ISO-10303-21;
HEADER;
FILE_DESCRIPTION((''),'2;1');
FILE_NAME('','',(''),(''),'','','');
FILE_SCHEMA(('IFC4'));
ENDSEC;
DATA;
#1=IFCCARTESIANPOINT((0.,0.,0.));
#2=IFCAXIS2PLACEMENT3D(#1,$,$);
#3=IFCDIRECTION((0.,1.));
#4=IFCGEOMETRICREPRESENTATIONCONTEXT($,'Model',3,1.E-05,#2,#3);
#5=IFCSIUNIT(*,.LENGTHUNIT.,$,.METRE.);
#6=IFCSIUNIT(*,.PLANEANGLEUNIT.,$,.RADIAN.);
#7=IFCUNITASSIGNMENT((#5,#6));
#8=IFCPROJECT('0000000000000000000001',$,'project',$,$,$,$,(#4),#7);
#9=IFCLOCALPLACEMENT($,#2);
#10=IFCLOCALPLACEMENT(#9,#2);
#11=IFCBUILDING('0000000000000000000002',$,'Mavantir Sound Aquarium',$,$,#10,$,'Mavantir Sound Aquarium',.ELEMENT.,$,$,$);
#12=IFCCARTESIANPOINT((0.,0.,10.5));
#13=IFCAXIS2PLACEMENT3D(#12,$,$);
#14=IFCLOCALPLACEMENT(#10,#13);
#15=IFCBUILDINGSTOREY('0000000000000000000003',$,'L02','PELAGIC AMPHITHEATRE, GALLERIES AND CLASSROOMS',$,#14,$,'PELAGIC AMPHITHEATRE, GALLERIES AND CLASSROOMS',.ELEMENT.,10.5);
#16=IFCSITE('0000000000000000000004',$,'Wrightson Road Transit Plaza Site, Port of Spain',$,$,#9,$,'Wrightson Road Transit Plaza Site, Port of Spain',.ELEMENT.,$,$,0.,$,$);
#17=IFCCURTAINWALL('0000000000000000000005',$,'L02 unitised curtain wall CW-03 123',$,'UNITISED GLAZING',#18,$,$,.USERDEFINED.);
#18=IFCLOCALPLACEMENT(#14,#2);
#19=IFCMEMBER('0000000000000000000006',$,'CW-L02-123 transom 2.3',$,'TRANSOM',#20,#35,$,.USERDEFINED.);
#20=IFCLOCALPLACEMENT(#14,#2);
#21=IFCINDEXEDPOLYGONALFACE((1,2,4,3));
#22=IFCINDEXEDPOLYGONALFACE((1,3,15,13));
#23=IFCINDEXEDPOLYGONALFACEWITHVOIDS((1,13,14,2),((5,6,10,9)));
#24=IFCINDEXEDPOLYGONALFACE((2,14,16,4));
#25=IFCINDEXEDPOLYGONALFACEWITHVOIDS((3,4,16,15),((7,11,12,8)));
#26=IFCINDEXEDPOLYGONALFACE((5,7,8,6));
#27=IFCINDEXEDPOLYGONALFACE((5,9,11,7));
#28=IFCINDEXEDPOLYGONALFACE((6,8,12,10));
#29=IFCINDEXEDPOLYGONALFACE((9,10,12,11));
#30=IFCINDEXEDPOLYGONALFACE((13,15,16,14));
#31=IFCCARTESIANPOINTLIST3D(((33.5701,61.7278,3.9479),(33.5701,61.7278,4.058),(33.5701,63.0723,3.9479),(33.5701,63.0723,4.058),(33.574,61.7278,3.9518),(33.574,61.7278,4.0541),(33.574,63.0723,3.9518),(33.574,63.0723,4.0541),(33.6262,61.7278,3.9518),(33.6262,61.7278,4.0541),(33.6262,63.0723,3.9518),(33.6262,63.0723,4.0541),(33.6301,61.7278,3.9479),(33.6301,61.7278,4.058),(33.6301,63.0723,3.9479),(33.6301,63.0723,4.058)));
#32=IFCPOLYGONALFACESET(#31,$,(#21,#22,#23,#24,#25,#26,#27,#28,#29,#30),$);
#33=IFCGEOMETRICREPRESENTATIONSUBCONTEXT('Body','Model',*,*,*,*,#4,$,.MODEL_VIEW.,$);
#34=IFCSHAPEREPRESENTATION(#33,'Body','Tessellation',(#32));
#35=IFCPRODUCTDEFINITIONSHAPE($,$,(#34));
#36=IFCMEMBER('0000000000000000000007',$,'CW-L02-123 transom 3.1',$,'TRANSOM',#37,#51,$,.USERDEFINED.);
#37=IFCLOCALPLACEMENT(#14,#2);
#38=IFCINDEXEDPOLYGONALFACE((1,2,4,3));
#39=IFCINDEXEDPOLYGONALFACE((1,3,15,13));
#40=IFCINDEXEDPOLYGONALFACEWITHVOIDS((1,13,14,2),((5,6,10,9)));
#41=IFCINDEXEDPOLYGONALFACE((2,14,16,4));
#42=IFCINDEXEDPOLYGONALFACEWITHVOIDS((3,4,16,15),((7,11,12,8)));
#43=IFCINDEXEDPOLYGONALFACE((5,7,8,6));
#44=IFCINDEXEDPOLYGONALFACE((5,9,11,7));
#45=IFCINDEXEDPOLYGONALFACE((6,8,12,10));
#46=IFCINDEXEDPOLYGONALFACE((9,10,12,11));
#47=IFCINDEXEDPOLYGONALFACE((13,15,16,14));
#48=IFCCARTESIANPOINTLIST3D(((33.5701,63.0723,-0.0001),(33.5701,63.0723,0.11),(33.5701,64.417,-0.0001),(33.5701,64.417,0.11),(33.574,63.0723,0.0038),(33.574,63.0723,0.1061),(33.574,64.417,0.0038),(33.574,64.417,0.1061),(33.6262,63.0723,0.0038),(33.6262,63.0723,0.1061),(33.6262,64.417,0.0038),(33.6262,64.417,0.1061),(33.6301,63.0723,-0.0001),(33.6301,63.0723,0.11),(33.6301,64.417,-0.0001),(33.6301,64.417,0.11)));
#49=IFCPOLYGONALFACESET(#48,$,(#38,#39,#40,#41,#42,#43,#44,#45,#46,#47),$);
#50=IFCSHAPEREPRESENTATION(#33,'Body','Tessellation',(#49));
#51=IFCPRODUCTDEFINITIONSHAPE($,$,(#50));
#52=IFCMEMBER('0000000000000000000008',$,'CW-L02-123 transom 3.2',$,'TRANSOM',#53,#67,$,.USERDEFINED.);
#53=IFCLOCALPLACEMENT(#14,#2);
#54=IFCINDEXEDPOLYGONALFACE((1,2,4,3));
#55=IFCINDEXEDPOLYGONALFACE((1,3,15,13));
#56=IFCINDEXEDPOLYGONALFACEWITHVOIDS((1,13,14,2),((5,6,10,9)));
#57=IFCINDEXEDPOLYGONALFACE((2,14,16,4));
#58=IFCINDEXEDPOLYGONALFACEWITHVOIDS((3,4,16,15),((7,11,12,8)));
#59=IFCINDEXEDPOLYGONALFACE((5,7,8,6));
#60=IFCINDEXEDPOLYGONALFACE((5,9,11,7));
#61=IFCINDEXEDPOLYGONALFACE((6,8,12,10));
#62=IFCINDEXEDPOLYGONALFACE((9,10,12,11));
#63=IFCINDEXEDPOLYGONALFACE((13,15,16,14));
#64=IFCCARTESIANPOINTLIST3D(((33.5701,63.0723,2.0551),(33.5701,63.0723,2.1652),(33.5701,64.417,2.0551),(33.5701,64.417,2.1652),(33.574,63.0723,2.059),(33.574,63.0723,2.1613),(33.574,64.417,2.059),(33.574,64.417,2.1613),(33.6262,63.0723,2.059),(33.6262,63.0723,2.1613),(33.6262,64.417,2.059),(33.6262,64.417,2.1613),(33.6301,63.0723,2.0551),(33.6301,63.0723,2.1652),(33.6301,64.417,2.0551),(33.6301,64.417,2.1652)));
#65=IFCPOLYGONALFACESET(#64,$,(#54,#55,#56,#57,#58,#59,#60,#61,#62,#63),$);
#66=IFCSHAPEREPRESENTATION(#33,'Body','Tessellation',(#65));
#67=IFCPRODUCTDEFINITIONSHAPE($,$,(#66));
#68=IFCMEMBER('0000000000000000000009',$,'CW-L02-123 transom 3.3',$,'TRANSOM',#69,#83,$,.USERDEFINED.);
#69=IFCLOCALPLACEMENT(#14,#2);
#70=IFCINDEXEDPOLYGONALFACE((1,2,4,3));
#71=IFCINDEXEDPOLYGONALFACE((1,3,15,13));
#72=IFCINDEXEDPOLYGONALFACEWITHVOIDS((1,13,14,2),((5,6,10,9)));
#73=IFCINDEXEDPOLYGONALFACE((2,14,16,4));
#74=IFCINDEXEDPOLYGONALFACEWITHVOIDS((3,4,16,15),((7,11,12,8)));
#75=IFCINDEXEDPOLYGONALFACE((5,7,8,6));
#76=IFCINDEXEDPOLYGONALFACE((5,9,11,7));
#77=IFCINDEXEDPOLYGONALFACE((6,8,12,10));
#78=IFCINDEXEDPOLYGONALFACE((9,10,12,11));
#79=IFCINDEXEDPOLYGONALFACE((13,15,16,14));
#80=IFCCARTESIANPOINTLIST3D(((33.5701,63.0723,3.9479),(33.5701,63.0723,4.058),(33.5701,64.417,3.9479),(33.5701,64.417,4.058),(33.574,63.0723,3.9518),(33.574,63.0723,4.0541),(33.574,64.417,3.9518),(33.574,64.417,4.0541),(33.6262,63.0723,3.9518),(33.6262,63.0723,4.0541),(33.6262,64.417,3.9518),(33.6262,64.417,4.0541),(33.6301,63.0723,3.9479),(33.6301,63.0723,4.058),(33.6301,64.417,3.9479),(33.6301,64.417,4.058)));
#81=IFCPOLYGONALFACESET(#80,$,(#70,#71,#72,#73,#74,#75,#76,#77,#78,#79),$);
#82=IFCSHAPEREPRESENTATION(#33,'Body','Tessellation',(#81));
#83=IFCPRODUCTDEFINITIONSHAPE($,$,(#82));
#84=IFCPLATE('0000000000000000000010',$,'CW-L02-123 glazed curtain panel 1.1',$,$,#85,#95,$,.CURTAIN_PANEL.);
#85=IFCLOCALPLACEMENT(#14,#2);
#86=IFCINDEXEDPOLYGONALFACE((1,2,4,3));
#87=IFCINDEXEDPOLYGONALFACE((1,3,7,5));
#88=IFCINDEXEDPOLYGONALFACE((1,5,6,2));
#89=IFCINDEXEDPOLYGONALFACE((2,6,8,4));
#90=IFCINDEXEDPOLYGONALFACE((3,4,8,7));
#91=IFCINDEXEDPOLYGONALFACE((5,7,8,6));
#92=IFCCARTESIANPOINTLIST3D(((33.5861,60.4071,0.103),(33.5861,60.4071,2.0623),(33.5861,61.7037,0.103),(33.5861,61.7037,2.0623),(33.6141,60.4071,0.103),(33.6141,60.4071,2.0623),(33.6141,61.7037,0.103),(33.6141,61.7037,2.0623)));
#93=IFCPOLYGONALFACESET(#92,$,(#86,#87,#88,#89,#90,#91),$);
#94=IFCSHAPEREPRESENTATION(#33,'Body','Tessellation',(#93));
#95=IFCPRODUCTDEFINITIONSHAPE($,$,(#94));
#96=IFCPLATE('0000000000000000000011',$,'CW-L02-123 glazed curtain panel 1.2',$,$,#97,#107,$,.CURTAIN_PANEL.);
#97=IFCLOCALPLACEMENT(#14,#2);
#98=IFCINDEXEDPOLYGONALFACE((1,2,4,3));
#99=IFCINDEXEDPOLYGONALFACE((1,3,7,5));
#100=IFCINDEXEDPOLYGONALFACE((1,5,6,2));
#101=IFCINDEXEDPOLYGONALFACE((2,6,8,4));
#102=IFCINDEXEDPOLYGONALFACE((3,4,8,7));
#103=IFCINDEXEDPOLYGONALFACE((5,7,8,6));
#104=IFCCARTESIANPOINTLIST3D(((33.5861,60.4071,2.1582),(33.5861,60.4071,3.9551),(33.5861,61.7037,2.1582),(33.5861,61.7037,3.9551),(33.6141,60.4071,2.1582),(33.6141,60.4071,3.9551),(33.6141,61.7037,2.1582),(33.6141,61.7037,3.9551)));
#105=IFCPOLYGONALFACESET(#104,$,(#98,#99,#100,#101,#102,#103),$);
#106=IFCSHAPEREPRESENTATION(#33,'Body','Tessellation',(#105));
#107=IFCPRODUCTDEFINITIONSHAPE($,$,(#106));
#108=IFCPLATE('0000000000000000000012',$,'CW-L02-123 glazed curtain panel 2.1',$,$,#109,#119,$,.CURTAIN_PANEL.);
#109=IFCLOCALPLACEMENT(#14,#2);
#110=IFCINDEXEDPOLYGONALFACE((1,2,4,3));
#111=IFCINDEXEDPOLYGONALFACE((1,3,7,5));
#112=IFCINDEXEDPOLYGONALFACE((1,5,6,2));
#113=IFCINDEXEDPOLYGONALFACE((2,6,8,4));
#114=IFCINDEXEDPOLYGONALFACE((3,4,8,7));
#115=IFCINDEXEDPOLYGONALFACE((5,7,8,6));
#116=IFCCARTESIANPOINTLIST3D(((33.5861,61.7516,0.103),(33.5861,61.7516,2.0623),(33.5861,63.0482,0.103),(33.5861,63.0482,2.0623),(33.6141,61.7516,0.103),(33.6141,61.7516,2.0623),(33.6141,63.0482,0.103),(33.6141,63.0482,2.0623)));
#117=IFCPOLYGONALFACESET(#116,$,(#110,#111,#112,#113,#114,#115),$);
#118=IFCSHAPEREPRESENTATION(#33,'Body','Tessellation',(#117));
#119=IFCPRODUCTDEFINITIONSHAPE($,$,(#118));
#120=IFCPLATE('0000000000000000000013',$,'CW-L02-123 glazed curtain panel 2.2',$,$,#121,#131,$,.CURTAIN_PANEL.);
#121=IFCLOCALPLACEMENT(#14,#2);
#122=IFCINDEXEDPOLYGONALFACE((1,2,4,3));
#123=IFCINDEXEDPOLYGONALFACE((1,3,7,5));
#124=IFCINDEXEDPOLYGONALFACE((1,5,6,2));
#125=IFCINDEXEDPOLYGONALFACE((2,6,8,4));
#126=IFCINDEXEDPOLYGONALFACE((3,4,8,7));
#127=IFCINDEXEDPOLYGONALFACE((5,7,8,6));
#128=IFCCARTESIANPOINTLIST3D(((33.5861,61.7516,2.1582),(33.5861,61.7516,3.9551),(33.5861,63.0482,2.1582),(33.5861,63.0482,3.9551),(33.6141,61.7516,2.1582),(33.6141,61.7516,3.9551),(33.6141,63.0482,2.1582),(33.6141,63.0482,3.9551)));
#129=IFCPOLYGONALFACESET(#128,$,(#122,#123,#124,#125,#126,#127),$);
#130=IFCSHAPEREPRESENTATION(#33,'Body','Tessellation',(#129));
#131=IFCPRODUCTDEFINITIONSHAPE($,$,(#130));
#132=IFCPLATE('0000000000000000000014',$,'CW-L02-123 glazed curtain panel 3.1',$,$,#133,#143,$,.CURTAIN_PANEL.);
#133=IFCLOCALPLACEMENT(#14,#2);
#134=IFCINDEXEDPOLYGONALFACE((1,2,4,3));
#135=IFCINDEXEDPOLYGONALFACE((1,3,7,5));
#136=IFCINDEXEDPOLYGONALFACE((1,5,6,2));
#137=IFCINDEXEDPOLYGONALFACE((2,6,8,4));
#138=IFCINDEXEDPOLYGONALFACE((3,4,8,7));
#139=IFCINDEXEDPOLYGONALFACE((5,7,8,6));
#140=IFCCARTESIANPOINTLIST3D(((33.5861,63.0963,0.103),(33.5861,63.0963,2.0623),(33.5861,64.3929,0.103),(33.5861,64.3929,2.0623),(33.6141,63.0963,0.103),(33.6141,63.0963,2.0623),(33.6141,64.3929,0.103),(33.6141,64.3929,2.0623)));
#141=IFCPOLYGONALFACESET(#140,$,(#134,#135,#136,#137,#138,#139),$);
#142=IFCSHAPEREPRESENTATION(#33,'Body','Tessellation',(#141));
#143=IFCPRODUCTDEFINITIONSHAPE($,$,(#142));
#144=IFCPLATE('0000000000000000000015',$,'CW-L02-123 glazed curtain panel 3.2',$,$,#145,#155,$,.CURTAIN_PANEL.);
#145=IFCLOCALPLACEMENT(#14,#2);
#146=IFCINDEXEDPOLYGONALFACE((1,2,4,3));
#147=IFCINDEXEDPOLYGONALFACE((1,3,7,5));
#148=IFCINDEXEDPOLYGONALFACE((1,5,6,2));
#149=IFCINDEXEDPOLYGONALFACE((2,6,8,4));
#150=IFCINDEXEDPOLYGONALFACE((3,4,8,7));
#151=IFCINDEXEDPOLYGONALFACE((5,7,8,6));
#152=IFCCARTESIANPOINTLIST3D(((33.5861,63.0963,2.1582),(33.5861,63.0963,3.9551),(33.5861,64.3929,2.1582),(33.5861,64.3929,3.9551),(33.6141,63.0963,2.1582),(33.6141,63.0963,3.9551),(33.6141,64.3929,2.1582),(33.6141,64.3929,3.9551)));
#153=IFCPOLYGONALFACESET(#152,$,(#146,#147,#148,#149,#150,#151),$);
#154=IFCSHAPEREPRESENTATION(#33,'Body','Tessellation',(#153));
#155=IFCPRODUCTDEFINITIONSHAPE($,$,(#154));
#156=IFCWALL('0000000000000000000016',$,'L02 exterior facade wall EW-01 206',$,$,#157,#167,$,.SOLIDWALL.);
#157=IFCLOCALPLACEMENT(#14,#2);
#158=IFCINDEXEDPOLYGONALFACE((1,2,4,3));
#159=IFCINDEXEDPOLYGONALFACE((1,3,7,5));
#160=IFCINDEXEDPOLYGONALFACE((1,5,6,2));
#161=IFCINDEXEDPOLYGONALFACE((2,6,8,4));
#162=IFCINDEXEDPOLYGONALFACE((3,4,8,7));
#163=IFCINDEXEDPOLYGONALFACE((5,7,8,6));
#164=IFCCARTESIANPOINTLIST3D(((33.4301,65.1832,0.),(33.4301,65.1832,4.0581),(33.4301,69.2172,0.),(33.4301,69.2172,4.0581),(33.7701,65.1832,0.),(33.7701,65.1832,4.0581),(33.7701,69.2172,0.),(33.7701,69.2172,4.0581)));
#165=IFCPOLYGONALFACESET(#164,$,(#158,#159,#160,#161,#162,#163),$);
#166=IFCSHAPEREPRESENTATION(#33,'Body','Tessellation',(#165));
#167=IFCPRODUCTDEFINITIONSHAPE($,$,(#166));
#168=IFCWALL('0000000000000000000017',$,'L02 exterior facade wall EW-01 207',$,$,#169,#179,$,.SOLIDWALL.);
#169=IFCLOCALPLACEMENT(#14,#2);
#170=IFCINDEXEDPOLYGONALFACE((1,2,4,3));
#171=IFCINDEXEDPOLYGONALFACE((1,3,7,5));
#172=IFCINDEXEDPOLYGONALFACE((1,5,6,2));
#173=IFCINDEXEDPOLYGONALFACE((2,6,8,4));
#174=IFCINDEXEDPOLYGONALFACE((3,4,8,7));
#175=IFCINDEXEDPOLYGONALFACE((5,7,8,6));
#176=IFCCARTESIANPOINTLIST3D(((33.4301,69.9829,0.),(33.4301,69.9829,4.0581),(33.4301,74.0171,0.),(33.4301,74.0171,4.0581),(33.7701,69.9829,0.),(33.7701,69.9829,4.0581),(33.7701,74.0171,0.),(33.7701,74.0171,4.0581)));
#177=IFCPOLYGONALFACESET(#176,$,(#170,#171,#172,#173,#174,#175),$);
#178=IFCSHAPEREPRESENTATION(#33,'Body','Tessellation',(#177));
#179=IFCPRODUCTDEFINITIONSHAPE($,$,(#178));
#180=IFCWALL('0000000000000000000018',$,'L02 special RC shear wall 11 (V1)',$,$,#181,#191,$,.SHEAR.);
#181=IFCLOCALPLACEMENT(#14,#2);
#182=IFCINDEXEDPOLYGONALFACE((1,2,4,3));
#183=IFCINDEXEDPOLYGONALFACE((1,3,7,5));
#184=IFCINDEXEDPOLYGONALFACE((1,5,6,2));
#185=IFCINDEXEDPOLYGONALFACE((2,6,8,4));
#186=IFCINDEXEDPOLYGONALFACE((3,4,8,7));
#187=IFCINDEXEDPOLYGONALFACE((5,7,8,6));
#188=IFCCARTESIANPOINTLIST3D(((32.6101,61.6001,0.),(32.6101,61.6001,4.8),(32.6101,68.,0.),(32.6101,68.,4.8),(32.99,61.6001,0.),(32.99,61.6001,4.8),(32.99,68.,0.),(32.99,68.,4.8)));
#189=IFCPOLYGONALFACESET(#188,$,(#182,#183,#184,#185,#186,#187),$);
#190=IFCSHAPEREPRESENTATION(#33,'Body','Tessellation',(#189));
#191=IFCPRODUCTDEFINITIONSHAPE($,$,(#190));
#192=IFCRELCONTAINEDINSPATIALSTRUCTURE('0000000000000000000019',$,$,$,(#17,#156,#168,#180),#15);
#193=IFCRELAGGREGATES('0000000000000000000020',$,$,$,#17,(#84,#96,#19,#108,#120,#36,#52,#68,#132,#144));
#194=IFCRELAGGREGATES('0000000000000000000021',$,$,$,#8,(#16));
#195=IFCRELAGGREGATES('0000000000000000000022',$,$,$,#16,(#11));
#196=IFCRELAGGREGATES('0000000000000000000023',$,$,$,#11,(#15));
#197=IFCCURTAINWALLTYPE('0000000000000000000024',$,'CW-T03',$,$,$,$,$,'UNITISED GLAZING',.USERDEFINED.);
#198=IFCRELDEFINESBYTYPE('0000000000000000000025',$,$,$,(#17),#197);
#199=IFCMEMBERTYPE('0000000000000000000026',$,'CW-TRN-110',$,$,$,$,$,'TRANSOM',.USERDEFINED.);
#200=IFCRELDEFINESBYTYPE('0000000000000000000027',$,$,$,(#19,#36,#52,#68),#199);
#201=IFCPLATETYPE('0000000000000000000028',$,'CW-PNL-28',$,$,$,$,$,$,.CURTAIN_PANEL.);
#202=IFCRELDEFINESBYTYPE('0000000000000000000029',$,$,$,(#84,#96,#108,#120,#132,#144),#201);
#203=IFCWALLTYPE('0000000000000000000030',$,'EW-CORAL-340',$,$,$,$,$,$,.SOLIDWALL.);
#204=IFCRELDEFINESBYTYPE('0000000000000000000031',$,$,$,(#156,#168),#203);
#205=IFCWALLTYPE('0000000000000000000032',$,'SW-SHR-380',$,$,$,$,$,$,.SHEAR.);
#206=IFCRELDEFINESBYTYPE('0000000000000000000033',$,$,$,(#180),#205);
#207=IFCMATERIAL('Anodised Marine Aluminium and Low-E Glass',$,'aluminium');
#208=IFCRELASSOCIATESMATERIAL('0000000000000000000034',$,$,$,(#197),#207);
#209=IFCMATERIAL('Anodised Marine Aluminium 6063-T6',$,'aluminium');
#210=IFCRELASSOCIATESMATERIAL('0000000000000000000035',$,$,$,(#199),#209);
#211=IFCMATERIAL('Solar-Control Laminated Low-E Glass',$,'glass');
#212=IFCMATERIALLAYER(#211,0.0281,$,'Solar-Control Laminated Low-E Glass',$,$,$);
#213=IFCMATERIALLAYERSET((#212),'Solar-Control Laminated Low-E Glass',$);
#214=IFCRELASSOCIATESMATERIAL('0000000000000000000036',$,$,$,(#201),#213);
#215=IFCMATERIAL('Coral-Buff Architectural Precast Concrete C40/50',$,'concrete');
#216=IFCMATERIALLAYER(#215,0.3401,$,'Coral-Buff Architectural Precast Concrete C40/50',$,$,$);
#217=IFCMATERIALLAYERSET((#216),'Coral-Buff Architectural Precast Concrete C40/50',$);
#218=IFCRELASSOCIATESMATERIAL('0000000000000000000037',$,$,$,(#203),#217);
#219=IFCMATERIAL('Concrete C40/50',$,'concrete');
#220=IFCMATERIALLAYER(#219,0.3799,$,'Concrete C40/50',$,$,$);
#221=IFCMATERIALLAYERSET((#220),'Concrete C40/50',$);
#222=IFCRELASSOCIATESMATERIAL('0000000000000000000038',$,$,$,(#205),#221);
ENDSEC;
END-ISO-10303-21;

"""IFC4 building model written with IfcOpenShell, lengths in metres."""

from ifc_helpers import new_model, si_unit, direction, frame, frame_2d, origin, origin_2d, place, context, subcontext, project, spatial, rectangle, hollow_rectangle, extrude, material, layer, layer_set, material_profile, profile_set, type_object, element, aggregate, save


model = new_model("IFC4")

# Units and contexts
model_context = context("Model", 3, precision=1e-05, world=origin(), true_north=direction((0.0, 1.0)))
body_context = subcontext(model_context, "Body", "Model", "MODEL_VIEW")
ifc_project = project(units=[si_unit("LENGTHUNIT", "METRE"), si_unit("PLANEANGLEUNIT", "RADIAN")], contexts=[model_context])

# Site, building, storey
site_placement = place(None, origin())
site = spatial("IfcSite", under=ifc_project, at=site_placement, Name="Wrightson Road Transit Plaza Site, Port of Spain", LongName="Wrightson Road Transit Plaza Site, Port of Spain", CompositionType="ELEMENT", RefElevation=0.0)
building_placement = place(site_placement, origin())
building = spatial("IfcBuilding", under=site, at=building_placement, Name="Mavantir Sound Aquarium", LongName="Mavantir Sound Aquarium", CompositionType="ELEMENT")
storey_placement = place(building_placement, frame((0.0, 0.0, 10.5)))
storey = spatial("IfcBuildingStorey", under=building, at=storey_placement, Name="L02", Description="PELAGIC AMPHITHEATRE, GALLERIES AND CLASSROOMS", LongName="PELAGIC AMPHITHEATRE, GALLERIES AND CLASSROOMS", CompositionType="ELEMENT", Elevation=10.5)

# Shared definitions
ifc_material_1 = material(Name="Concrete C40/50", Category="concrete")

# Curtain wall, members, plates
ifc_material_2 = material(Name="Anodised Marine Aluminium and Low-E Glass", Category="aluminium")
curtain_wall_type = type_object("IfcCurtainWallType", Name="CW-T03", ElementType="UNITISED GLAZING", PredefinedType="USERDEFINED", material=ifc_material_2)
curtain_wall_placement = place(storey_placement, origin())
curtain_wall = element("IfcCurtainWall", 1, at=curtain_wall_placement, inside=storey, type_object=curtain_wall_type, Name="L02 unitised curtain wall CW-03 123", ObjectType="UNITISED GLAZING", PredefinedType="USERDEFINED")
ifc_material_3 = material(Name="Anodised Marine Aluminium 6063-T6", Category="aluminium")
ifc_material_profile_1 = material_profile(ifc_material_3, hollow_rectangle(XDim=0.0601, YDim=0.1101, WallThickness=0.0039, at=origin_2d()), Name="ALU-TRANSOM-110X60")
ifc_profile_set_1 = profile_set([ifc_material_profile_1], Name="Anodised Marine Aluminium 6063-T6")
member_type_1 = type_object("IfcMemberType", Name="CW-TRN-110", ElementType="TRANSOM", PredefinedType="USERDEFINED", material=ifc_profile_set_1)
member_1_placement = place(storey_placement, frame((33.6001, 61.7278, 4.0029), z_axis=(0.0, 1.0, 0.0), x_axis=(-1.0, 0.0, 0.0)))
member_1 = element("IfcMember", 2, at=member_1_placement, type_object=member_type_1, Name="CW-L02-123 transom 2.3", ObjectType="TRANSOM", PredefinedType="USERDEFINED", context=body_context, shape_type="SweptSolid", body=[
    extrude(hollow_rectangle(XDim=0.0601, YDim=0.1101, WallThickness=0.0039, at=origin_2d()), origin(), (0.0, 0.0, 1.0), 1.3445),
])
member_2_placement = place(storey_placement, frame((33.6001, 63.0723, 0.0549), z_axis=(0.0, 1.0, 0.0), x_axis=(-1.0, 0.0, 0.0)))
member_2 = element("IfcMember", 3, at=member_2_placement, type_object=member_type_1, Name="CW-L02-123 transom 3.1", ObjectType="TRANSOM", PredefinedType="USERDEFINED", context=body_context, shape_type="SweptSolid", body=[
    extrude(hollow_rectangle(XDim=0.0601, YDim=0.1101, WallThickness=0.0039, at=origin_2d()), origin(), (0.0, 0.0, 1.0), 1.3447),
])
member_3_placement = place(storey_placement, frame((33.6001, 63.0723, 2.1101), z_axis=(0.0, 1.0, 0.0), x_axis=(-1.0, 0.0, 0.0)))
member_3 = element("IfcMember", 4, at=member_3_placement, type_object=member_type_1, Name="CW-L02-123 transom 3.2", ObjectType="TRANSOM", PredefinedType="USERDEFINED", context=body_context, shape_type="SweptSolid", body=[
    extrude(hollow_rectangle(XDim=0.0601, YDim=0.1101, WallThickness=0.0039, at=origin_2d()), origin(), (0.0, 0.0, 1.0), 1.3447),
])
member_4_placement = place(storey_placement, frame((33.6001, 63.0723, 4.0029), z_axis=(0.0, 1.0, 0.0), x_axis=(-1.0, 0.0, 0.0)))
member_4 = element("IfcMember", 5, at=member_4_placement, type_object=member_type_1, Name="CW-L02-123 transom 3.3", ObjectType="TRANSOM", PredefinedType="USERDEFINED", context=body_context, shape_type="SweptSolid", body=[
    extrude(hollow_rectangle(XDim=0.0601, YDim=0.1101, WallThickness=0.0039, at=origin_2d()), origin(), (0.0, 0.0, 1.0), 1.3447),
])
ifc_material_4 = material(Name="Solar-Control Laminated Low-E Glass", Category="glass")
ifc_layer_1 = layer(ifc_material_4, 0.0281, Name="Solar-Control Laminated Low-E Glass")
ifc_layer_set_1 = layer_set([ifc_layer_1], Name="Solar-Control Laminated Low-E Glass")
plate_type = type_object("IfcPlateType", Name="CW-PNL-28", PredefinedType="CURTAIN_PANEL", material=ifc_layer_set_1)
plate_1_placement = place(storey_placement, frame((33.6001, 61.0554, 0.103), z_axis=(0.0, 0.0, 1.0), x_axis=(0.0, 1.0, 0.0)))
plate_1 = element("IfcPlate", 6, at=plate_1_placement, type_object=plate_type, Name="CW-L02-123 glazed curtain panel 1.1", PredefinedType="CURTAIN_PANEL", context=body_context, shape_type="SweptSolid", body=[
    extrude(rectangle(XDim=1.2966, YDim=0.0281, at=origin_2d()), origin(), (0.0, 0.0, 1.0), 1.9592),
])
plate_2_placement = place(storey_placement, frame((33.6001, 61.0554, 2.1582), z_axis=(0.0, 0.0, 1.0), x_axis=(0.0, 1.0, 0.0)))
plate_2 = element("IfcPlate", 7, at=plate_2_placement, type_object=plate_type, Name="CW-L02-123 glazed curtain panel 1.2", PredefinedType="CURTAIN_PANEL", context=body_context, shape_type="SweptSolid", body=[
    extrude(rectangle(XDim=1.2966, YDim=0.0281, at=origin_2d()), origin(), (0.0, 0.0, 1.0), 1.7969),
])
plate_3_placement = place(storey_placement, frame((33.6001, 62.3999, 0.103), z_axis=(0.0, 0.0, 1.0), x_axis=(0.0, 1.0, 0.0)))
plate_3 = element("IfcPlate", 8, at=plate_3_placement, type_object=plate_type, Name="CW-L02-123 glazed curtain panel 2.1", PredefinedType="CURTAIN_PANEL", context=body_context, shape_type="SweptSolid", body=[
    extrude(rectangle(XDim=1.2966, YDim=0.0281, at=origin_2d()), origin(), (0.0, 0.0, 1.0), 1.9592),
])
plate_4_placement = place(storey_placement, frame((33.6001, 62.3999, 2.1582), z_axis=(0.0, 0.0, 1.0), x_axis=(0.0, 1.0, 0.0)))
plate_4 = element("IfcPlate", 9, at=plate_4_placement, type_object=plate_type, Name="CW-L02-123 glazed curtain panel 2.2", PredefinedType="CURTAIN_PANEL", context=body_context, shape_type="SweptSolid", body=[
    extrude(rectangle(XDim=1.2966, YDim=0.0281, at=origin_2d()), origin(), (0.0, 0.0, 1.0), 1.7969),
])
plate_5_placement = place(storey_placement, frame((33.6001, 63.7446, 0.103), z_axis=(0.0, 0.0, 1.0), x_axis=(0.0, 1.0, 0.0)))
plate_5 = element("IfcPlate", 10, at=plate_5_placement, type_object=plate_type, Name="CW-L02-123 glazed curtain panel 3.1", PredefinedType="CURTAIN_PANEL", context=body_context, shape_type="SweptSolid", body=[
    extrude(rectangle(XDim=1.2966, YDim=0.0281, at=origin_2d()), origin(), (0.0, 0.0, 1.0), 1.9592),
])
plate_6_placement = place(storey_placement, frame((33.6001, 63.7446, 2.1582), z_axis=(0.0, 0.0, 1.0), x_axis=(0.0, 1.0, 0.0)))
plate_6 = element("IfcPlate", 11, at=plate_6_placement, type_object=plate_type, Name="CW-L02-123 glazed curtain panel 3.2", PredefinedType="CURTAIN_PANEL", context=body_context, shape_type="SweptSolid", body=[
    extrude(rectangle(XDim=1.2966, YDim=0.0281, at=origin_2d()), origin(), (0.0, 0.0, 1.0), 1.7969),
])
aggregate(curtain_wall, [plate_1, plate_2, member_1, plate_3, plate_4, member_2, member_3, member_4, plate_5, plate_6])

# Walls
ifc_material_5 = material(Name="Coral-Buff Architectural Precast Concrete C40/50", Category="concrete")
ifc_layer_2 = layer(ifc_material_5, 0.3401, Name="Coral-Buff Architectural Precast Concrete C40/50")
ifc_layer_set_2 = layer_set([ifc_layer_2], Name="Coral-Buff Architectural Precast Concrete C40/50")
wall_type_1 = type_object("IfcWallType", Name="EW-CORAL-340", PredefinedType="SOLIDWALL", material=ifc_layer_set_2)
wall_1_placement = place(storey_placement, frame((33.6001, 65.1831, 0.0), z_axis=(0.0, 0.0, 1.0), x_axis=(0.0, 1.0, 0.0)))
element("IfcWall", 12, at=wall_1_placement, inside=storey, type_object=wall_type_1, Name="L02 exterior facade wall EW-01 206", PredefinedType="SOLIDWALL", context=body_context, shape_type="SweptSolid", body=[
    extrude(rectangle(XDim=4.0339, YDim=0.3401, at=frame_2d((2.0171, 0.0))), origin(), (0.0, 0.0, 1.0), 4.0581),
])
wall_2_placement = place(storey_placement, frame((33.6001, 69.9829, 0.0), z_axis=(0.0, 0.0, 1.0), x_axis=(0.0, 1.0, 0.0)))
element("IfcWall", 13, at=wall_2_placement, inside=storey, type_object=wall_type_1, Name="L02 exterior facade wall EW-01 207", PredefinedType="SOLIDWALL", context=body_context, shape_type="SweptSolid", body=[
    extrude(rectangle(XDim=4.0342, YDim=0.3401, at=frame_2d((2.0171, 0.0))), origin(), (0.0, 0.0, 1.0), 4.0581),
])
ifc_layer_3 = layer(ifc_material_1, 0.3799, Name="Concrete C40/50")
ifc_layer_set_3 = layer_set([ifc_layer_3], Name="Concrete C40/50")
wall_type_2 = type_object("IfcWallType", Name="SW-SHR-380", PredefinedType="SHEAR", material=ifc_layer_set_3)
wall_3_placement = place(storey_placement, frame((32.8, 61.6001, 0.0), z_axis=(0.0, 0.0, 1.0), x_axis=(0.0, 1.0, 0.0)))
element("IfcWall", 14, at=wall_3_placement, inside=storey, type_object=wall_type_2, Name="L02 special RC shear wall 11 (V1)", PredefinedType="SHEAR", context=body_context, shape_type="SweptSolid", body=[
    extrude(rectangle(XDim=6.3999, YDim=0.3799, at=frame_2d((3.2, 0.0))), origin(), (0.0, 0.0, 1.0), 4.8),
])

save(model, "model.ifc")
